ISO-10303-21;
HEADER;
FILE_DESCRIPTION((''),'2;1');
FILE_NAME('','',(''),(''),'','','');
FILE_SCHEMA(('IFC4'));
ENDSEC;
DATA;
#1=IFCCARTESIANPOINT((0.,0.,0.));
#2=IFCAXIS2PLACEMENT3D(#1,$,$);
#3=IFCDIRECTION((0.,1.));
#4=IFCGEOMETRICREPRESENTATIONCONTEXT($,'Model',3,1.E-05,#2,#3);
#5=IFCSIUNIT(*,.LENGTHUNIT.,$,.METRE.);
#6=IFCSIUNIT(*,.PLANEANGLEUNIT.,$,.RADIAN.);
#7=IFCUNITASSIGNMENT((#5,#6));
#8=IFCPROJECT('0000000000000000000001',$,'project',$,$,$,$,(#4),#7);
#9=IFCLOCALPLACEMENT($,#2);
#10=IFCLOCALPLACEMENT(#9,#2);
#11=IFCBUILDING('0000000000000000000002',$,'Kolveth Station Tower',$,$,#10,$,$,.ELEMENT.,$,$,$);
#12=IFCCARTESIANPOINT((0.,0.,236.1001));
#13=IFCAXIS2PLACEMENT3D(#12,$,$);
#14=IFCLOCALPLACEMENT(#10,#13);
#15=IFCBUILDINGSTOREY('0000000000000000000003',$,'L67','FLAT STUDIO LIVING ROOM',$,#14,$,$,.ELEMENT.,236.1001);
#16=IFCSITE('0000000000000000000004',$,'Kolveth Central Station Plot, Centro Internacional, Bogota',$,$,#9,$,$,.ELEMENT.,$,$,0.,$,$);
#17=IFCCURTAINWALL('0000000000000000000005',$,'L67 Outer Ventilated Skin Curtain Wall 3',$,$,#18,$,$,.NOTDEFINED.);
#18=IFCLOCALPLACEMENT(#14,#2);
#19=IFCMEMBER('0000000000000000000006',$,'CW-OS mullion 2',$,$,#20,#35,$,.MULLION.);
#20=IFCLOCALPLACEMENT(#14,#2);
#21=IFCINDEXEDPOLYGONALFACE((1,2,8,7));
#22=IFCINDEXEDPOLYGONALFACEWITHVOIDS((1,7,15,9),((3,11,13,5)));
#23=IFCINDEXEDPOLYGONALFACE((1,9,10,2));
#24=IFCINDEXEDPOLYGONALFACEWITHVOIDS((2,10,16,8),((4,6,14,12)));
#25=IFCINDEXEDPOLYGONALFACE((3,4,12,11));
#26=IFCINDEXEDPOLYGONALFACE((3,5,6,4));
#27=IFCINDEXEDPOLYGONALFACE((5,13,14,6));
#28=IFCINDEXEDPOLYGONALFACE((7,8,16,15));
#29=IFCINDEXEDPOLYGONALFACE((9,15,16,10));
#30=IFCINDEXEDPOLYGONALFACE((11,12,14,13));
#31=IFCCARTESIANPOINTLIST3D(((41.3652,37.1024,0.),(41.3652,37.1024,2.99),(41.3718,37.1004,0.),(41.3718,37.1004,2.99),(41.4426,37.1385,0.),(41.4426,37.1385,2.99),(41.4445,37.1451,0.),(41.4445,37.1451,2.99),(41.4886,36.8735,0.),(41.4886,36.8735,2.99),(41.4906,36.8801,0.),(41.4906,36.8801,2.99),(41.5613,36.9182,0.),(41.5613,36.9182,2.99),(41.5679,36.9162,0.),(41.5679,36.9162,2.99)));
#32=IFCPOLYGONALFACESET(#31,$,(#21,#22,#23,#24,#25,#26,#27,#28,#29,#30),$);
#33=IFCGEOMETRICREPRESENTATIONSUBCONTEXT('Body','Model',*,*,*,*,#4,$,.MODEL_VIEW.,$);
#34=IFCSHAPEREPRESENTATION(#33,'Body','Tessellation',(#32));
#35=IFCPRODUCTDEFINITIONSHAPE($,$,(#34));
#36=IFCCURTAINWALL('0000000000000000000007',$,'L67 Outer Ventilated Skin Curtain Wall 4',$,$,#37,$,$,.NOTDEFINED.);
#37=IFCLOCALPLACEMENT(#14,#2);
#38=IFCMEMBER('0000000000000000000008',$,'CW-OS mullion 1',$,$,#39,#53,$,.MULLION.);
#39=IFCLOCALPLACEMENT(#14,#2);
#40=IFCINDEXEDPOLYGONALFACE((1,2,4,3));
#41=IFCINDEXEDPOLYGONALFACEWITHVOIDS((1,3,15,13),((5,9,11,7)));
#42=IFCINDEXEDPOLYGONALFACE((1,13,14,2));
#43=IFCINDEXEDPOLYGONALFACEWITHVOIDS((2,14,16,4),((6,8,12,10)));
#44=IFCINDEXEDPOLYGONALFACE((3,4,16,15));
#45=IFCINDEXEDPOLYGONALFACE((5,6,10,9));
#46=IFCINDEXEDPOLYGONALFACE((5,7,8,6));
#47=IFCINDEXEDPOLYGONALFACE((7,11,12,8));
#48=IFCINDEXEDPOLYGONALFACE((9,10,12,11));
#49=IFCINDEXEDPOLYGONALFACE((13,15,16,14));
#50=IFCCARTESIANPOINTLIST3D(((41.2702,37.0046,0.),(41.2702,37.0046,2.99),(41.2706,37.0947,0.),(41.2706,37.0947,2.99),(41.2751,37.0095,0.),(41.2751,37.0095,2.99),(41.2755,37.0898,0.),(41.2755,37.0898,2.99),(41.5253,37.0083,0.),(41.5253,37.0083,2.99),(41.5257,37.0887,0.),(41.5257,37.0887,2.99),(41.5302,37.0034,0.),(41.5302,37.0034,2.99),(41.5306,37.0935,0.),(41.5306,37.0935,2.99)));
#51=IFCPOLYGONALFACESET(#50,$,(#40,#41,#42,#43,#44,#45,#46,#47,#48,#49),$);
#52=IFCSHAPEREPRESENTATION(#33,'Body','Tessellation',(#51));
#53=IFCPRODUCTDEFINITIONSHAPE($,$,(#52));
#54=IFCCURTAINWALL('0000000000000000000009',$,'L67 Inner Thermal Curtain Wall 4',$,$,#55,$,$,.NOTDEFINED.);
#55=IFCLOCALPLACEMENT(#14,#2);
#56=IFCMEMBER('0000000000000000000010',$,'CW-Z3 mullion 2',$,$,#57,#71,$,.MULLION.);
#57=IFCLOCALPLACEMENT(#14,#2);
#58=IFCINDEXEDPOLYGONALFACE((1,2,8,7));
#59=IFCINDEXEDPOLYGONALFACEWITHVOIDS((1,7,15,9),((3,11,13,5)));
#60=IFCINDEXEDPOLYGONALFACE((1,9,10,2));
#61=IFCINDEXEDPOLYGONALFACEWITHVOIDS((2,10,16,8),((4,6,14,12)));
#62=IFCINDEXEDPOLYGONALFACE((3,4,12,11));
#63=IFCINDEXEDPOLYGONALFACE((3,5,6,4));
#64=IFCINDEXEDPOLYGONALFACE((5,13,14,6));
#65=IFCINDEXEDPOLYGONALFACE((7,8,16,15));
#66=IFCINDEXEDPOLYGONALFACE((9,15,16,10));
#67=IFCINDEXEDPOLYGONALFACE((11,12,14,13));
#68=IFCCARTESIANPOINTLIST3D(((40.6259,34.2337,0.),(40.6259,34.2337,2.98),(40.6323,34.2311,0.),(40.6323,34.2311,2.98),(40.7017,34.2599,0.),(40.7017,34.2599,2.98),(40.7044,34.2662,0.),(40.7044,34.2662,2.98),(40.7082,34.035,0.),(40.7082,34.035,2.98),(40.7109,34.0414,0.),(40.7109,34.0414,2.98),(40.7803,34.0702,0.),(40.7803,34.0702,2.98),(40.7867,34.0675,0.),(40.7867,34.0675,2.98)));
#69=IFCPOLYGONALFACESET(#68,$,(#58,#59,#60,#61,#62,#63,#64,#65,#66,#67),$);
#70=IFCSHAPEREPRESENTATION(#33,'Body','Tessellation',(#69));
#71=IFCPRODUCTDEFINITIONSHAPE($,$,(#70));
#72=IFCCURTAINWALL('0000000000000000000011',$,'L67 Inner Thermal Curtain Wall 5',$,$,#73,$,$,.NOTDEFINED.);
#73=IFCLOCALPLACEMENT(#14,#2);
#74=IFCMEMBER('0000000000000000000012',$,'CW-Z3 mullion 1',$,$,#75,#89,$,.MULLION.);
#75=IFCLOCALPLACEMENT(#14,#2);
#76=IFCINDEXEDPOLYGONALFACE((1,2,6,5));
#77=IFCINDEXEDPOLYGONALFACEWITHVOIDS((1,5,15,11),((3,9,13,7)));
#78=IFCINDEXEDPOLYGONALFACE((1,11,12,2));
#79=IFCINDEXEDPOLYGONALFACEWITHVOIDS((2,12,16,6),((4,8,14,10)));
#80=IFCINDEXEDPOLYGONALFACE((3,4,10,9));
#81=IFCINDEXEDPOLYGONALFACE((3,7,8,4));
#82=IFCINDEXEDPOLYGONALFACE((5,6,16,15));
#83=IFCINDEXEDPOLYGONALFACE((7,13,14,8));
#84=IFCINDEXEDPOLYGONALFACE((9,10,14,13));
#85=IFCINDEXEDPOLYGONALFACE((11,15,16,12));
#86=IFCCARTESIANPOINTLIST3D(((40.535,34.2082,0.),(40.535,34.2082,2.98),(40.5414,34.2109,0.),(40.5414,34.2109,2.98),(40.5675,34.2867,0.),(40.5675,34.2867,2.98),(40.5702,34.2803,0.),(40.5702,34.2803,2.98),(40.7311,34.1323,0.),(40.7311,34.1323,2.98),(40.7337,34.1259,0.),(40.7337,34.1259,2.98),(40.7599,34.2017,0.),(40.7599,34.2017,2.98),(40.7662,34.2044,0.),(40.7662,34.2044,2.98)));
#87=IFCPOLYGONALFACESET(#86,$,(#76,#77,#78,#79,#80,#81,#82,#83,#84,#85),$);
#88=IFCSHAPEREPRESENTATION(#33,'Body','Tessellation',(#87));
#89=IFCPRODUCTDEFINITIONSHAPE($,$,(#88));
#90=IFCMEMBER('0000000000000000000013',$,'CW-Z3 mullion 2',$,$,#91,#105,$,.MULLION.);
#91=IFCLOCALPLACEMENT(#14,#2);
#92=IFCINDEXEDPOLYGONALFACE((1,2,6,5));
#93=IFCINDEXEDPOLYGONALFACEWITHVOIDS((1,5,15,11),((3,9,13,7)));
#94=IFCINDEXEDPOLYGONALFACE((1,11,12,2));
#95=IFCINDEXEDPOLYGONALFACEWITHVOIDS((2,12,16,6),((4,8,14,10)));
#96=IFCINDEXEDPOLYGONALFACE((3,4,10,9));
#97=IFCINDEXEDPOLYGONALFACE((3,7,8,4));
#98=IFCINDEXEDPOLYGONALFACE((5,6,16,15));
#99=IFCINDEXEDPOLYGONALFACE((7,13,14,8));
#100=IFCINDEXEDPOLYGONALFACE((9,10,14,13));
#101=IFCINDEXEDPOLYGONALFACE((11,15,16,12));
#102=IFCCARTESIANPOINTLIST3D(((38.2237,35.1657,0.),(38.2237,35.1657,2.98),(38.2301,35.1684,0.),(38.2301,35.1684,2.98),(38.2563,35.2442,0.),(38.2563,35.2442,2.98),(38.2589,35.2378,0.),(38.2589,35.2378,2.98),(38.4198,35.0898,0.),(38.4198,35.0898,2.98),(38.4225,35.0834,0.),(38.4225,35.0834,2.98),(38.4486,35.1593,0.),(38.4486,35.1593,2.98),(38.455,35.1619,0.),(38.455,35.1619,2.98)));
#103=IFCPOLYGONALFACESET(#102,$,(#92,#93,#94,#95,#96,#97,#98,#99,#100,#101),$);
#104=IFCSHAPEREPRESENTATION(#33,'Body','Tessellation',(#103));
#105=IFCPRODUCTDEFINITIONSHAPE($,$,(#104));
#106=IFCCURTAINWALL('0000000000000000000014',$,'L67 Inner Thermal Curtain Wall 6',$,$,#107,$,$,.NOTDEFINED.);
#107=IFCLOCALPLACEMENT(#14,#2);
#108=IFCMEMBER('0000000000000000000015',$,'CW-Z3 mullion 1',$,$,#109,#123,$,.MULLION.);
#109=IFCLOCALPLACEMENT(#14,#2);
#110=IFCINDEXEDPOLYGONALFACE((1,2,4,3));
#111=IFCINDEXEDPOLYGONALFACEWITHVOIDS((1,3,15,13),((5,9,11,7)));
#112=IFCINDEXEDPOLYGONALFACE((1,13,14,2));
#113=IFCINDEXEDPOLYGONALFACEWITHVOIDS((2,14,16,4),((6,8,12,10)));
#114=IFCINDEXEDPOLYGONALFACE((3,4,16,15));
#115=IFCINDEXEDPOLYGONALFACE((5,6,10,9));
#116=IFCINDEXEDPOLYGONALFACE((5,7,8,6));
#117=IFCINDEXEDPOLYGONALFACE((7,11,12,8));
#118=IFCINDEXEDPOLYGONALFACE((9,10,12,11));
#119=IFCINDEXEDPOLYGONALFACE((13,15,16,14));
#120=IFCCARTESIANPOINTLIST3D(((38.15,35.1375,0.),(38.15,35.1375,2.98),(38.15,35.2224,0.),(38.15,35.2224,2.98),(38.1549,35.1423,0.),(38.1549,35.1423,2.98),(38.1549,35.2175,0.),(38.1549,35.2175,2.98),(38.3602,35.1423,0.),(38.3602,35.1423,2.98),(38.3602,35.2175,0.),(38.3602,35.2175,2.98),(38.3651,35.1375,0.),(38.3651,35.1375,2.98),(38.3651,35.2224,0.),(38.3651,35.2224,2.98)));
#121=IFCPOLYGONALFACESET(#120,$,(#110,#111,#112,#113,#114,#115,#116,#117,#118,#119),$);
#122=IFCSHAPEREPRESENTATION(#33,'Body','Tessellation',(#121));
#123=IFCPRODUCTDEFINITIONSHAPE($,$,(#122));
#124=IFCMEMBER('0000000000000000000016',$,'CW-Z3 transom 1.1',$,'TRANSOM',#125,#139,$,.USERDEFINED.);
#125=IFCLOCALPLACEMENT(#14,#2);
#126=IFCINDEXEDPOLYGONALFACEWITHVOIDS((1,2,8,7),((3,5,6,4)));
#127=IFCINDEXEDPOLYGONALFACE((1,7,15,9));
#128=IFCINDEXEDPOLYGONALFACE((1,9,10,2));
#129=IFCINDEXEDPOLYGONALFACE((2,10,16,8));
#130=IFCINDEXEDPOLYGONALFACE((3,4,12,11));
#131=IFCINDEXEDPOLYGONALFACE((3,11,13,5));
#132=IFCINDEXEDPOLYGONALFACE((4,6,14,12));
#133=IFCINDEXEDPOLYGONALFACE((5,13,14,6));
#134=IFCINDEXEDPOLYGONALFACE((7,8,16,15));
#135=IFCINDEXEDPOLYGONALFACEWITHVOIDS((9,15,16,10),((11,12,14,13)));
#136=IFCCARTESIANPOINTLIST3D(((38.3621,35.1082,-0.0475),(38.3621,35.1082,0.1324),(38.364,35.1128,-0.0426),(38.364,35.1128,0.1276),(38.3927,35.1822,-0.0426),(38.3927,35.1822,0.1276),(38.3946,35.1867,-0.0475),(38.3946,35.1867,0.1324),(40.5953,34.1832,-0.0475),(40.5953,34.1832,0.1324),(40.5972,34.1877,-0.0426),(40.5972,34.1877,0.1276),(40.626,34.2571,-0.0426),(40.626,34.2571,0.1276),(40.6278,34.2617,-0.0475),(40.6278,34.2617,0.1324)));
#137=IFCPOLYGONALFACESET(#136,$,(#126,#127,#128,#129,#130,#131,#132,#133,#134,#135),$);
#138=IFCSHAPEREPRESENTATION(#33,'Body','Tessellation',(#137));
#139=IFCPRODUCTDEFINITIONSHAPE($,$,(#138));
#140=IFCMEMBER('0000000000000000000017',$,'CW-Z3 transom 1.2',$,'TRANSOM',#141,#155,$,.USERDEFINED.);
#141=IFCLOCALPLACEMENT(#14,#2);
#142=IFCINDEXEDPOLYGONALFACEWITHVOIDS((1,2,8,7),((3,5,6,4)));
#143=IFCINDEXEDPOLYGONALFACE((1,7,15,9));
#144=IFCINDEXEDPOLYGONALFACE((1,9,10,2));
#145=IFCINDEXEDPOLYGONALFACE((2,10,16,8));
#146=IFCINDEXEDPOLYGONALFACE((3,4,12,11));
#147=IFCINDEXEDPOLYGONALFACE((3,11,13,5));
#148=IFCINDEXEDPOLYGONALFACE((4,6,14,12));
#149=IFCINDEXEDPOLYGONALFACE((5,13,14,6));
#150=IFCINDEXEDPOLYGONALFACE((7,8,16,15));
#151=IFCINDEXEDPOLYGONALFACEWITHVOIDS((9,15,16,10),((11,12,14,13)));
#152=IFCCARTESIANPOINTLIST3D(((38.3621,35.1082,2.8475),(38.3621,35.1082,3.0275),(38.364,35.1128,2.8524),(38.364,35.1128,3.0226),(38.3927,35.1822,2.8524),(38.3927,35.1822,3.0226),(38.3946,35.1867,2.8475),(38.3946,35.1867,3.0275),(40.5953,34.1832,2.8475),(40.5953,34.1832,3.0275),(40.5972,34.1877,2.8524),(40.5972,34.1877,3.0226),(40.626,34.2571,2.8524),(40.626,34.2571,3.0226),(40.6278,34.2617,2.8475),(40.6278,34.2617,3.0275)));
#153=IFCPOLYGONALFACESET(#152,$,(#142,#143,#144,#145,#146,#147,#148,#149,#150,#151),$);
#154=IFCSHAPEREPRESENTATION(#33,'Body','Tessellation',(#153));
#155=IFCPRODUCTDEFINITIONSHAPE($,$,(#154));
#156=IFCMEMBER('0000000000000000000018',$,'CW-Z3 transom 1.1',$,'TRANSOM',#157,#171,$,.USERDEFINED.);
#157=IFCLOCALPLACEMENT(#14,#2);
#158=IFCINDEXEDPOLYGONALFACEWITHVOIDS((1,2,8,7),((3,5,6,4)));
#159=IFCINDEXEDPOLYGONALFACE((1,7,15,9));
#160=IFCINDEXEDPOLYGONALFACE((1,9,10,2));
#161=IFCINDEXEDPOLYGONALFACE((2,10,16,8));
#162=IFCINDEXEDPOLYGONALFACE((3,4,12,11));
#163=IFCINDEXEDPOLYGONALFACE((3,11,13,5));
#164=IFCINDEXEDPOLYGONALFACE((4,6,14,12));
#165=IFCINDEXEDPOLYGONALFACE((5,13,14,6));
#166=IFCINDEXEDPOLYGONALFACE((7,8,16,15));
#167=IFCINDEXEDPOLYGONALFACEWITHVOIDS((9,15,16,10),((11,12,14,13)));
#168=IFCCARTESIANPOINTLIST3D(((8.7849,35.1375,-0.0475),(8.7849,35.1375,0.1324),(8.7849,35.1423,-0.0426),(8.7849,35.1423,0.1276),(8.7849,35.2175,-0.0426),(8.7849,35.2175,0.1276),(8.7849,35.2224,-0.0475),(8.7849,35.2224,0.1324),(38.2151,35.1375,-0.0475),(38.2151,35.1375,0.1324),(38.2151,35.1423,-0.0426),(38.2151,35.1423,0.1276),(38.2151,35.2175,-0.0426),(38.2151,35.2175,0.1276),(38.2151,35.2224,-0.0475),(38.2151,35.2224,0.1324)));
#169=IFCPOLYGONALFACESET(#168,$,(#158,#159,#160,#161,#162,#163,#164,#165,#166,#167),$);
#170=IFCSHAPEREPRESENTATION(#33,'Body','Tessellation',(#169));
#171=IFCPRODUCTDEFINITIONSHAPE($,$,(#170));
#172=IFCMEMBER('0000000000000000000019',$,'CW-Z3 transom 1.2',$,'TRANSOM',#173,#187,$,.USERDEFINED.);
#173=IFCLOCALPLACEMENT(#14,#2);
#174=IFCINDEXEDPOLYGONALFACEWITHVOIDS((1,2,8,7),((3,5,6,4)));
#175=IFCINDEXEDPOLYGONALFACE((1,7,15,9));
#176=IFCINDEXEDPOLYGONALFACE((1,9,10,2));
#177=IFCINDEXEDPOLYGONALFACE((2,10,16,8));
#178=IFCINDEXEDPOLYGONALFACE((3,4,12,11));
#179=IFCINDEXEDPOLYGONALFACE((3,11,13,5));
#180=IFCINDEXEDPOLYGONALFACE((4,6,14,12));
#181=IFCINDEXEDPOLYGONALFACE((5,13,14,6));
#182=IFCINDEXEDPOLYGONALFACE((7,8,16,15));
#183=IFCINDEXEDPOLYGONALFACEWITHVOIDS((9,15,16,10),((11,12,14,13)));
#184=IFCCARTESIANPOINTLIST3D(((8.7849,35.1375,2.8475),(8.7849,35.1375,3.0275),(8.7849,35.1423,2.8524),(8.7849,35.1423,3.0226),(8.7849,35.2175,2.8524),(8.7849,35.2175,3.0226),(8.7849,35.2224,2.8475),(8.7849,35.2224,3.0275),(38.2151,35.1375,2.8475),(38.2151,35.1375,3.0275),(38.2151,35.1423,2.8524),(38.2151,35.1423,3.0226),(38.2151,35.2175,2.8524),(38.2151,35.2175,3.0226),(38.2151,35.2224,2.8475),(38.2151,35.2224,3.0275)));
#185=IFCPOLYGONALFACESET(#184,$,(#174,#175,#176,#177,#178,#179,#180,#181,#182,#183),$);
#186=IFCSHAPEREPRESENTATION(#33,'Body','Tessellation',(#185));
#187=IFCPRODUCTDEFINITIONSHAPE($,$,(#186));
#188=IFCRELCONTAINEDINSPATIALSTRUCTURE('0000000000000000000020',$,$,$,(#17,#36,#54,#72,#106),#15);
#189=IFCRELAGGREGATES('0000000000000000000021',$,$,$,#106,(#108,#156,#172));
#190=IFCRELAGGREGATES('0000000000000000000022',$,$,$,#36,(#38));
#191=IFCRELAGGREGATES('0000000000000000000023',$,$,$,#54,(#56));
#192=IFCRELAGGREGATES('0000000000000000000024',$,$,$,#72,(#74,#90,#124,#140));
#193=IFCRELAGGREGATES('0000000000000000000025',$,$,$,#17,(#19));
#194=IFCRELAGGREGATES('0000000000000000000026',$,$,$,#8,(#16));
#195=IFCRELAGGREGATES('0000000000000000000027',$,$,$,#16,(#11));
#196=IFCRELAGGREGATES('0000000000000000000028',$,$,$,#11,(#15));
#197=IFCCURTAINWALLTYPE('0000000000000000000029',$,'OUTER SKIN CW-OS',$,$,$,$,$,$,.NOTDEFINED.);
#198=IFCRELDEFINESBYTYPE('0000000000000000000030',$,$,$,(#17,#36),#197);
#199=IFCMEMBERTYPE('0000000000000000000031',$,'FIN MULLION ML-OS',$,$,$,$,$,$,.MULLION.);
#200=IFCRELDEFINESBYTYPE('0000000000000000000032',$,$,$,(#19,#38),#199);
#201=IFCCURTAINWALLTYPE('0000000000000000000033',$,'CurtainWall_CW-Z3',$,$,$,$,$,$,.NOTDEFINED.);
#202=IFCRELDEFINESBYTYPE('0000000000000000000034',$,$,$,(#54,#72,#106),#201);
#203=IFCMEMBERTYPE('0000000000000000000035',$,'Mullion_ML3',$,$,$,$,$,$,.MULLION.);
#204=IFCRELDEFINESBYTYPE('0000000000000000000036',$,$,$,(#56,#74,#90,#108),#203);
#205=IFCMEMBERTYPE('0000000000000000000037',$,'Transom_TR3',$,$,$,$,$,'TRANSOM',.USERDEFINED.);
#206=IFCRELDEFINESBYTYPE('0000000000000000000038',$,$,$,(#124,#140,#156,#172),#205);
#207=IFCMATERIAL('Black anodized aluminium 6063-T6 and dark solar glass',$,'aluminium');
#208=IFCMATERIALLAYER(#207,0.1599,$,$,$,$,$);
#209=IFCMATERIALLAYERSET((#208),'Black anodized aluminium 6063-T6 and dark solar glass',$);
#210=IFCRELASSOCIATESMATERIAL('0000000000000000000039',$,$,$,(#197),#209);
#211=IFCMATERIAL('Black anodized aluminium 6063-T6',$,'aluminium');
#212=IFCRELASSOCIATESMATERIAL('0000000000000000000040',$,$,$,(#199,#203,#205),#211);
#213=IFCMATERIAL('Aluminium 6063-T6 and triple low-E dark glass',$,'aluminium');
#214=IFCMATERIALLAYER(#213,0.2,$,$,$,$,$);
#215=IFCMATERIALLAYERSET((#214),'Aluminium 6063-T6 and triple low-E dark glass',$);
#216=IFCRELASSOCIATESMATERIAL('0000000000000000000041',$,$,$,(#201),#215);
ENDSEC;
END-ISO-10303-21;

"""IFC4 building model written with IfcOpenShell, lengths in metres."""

from ifc_helpers import new_model, si_unit, direction, frame, origin, origin_2d, place, context, subcontext, project, spatial, hollow_rectangle, extrude, source, transform, mapped, material, layer, layer_set, material_profile, profile_set, type_object, element, aggregate, save


model = new_model("IFC4")

# Units and contexts
model_context = context("Model", 3, precision=1e-05, world=origin(), true_north=direction((0.0, 1.0)))
body_context = subcontext(model_context, "Body", "Model", "MODEL_VIEW")
ifc_project = project(units=[si_unit("LENGTHUNIT", "METRE"), si_unit("PLANEANGLEUNIT", "RADIAN")], contexts=[model_context])

# Site, building, storey
site_placement = place(None, origin())
site = spatial("IfcSite", under=ifc_project, at=site_placement, Name="Kolveth Central Station Plot, Centro Internacional, Bogota", CompositionType="ELEMENT", RefElevation=0.0)
building_placement = place(site_placement, origin())
building = spatial("IfcBuilding", under=site, at=building_placement, Name="Kolveth Station Tower", CompositionType="ELEMENT")
storey_placement = place(building_placement, frame((0.0, 0.0, 236.1001)))
storey = spatial("IfcBuildingStorey", under=building, at=storey_placement, Name="L67", Description="FLAT STUDIO LIVING ROOM", CompositionType="ELEMENT", Elevation=236.1001)

# Curtain walls, members
ifc_material_1 = material(Name="Black anodized aluminium 6063-T6 and dark solar glass", Category="aluminium")
ifc_layer_1 = layer(ifc_material_1, 0.1599)
ifc_layer_set_1 = layer_set([ifc_layer_1], Name="Black anodized aluminium 6063-T6 and dark solar glass")
curtain_wall_type_1 = type_object("IfcCurtainWallType", Name="OUTER SKIN CW-OS", PredefinedType="NOTDEFINED", material=ifc_layer_set_1)
curtain_wall_1_placement = place(storey_placement, origin())
curtain_wall_1 = element("IfcCurtainWall", 1, at=curtain_wall_1_placement, inside=storey, type_object=curtain_wall_type_1, Name="L67 Outer Ventilated Skin Curtain Wall 3", PredefinedType="NOTDEFINED")
ifc_material_2 = material(Name="Black anodized aluminium 6063-T6", Category="aluminium")
ifc_material_profile_1 = material_profile(ifc_material_2, hollow_rectangle(XDim=0.0901, YDim=0.26, WallThickness=0.0049, at=origin_2d()), Name="ALU-90x260x5")
ifc_profile_set_1 = profile_set([ifc_material_profile_1], Name="Black anodized aluminium 6063-T6")
member_type_1 = type_object("IfcMemberType", Name="FIN MULLION ML-OS", PredefinedType="MULLION", material=ifc_profile_set_1)
shared_shape_1 = source(origin(), body_context, "Body", "SweptSolid", [
    extrude(hollow_rectangle(XDim=0.0901, YDim=0.26, WallThickness=0.0049, at=origin_2d()), origin(), (0.0, 0.0, 1.0), 2.99),
])
member_1_placement = place(storey_placement, frame((41.4666, 37.0093, 0.0), z_axis=(0.0, 0.0, 1.0), x_axis=(-0.880317, -0.474385, 0.0)))
member_1 = element("IfcMember", 2, at=member_1_placement, type_object=member_type_1, Name="CW-OS mullion 2", PredefinedType="MULLION", context=body_context, shape_type="MappedRepresentation", body=[
    mapped(shared_shape_1, transform((0.0, 0.0, 0.0), x_axis=(1.0, 0.0, 0.0), y_axis=(0.0, 1.0, 0.0), z_axis=(0.0, 0.0, 1.0), scale=1.0)),
])
curtain_wall_2_placement = place(storey_placement, origin())
curtain_wall_2 = element("IfcCurtainWall", 3, at=curtain_wall_2_placement, inside=storey, type_object=curtain_wall_type_1, Name="L67 Outer Ventilated Skin Curtain Wall 4", PredefinedType="NOTDEFINED")
member_2_placement = place(storey_placement, frame((41.4004, 37.0491, 0.0), z_axis=(0.0, 0.0, 1.0), x_axis=(-0.004566, -0.99999, 0.0)))
member_2 = element("IfcMember", 4, at=member_2_placement, type_object=member_type_1, Name="CW-OS mullion 1", PredefinedType="MULLION", context=body_context, shape_type="MappedRepresentation", body=[
    mapped(shared_shape_1, transform((0.0, 0.0, 0.0), x_axis=(1.0, 0.0, 0.0), y_axis=(0.0, 1.0, 0.0), z_axis=(0.0, 0.0, 1.0), scale=1.0)),
])
ifc_material_3 = material(Name="Aluminium 6063-T6 and triple low-E dark glass", Category="aluminium")
ifc_layer_2 = layer(ifc_material_3, 0.2)
ifc_layer_set_2 = layer_set([ifc_layer_2], Name="Aluminium 6063-T6 and triple low-E dark glass")
curtain_wall_type_2 = type_object("IfcCurtainWallType", Name="CurtainWall_CW-Z3", PredefinedType="NOTDEFINED", material=ifc_layer_set_2)
curtain_wall_3_placement = place(storey_placement, origin())
curtain_wall_3 = element("IfcCurtainWall", 5, at=curtain_wall_3_placement, inside=storey, type_object=curtain_wall_type_2, Name="L67 Inner Thermal Curtain Wall 4", PredefinedType="NOTDEFINED")
ifc_material_profile_2 = material_profile(ifc_material_2, hollow_rectangle(XDim=0.085, YDim=0.2151, WallThickness=0.0049, at=origin_2d()), Name="ALU-85x215x5")
ifc_profile_set_2 = profile_set([ifc_material_profile_2], Name="Black anodized aluminium 6063-T6")
member_type_2 = type_object("IfcMemberType", Name="Mullion_ML3", PredefinedType="MULLION", material=ifc_profile_set_2)
shared_shape_2 = source(origin(), body_context, "Body", "SweptSolid", [
    extrude(hollow_rectangle(XDim=0.085, YDim=0.2151, WallThickness=0.0049, at=origin_2d()), origin(), (0.0, 0.0, 1.0), 2.98),
])
member_3_placement = place(storey_placement, frame((40.7063, 34.1506, 0.0), z_axis=(0.0, 0.0, 1.0), x_axis=(-0.923875, -0.382693, 0.0)))
member_3 = element("IfcMember", 6, at=member_3_placement, type_object=member_type_2, Name="CW-Z3 mullion 2", PredefinedType="MULLION", context=body_context, shape_type="MappedRepresentation", body=[
    mapped(shared_shape_2, transform((0.0, 0.0, 0.0), x_axis=(1.0, 0.0, 0.0), y_axis=(0.0, 1.0, 0.0), z_axis=(0.0, 0.0, 1.0), scale=1.0)),
])

# Curtain wall, members
curtain_wall_4_placement = place(storey_placement, origin())
curtain_wall_4 = element("IfcCurtainWall", 7, at=curtain_wall_4_placement, inside=storey, type_object=curtain_wall_type_2, Name="L67 Inner Thermal Curtain Wall 5", PredefinedType="NOTDEFINED")
member_4_placement = place(storey_placement, frame((40.6506, 34.2063, 0.0), z_axis=(0.0, 0.0, 1.0), x_axis=(-0.382693, -0.923875, 0.0)))
member_4 = element("IfcMember", 8, at=member_4_placement, type_object=member_type_2, Name="CW-Z3 mullion 1", PredefinedType="MULLION", context=body_context, shape_type="MappedRepresentation", body=[
    mapped(shared_shape_2, transform((0.0, 0.0, 0.0), x_axis=(1.0, 0.0, 0.0), y_axis=(0.0, 1.0, 0.0), z_axis=(0.0, 0.0, 1.0), scale=1.0)),
])
member_5_placement = place(storey_placement, frame((38.3394, 35.1638, 0.0), z_axis=(0.0, 0.0, 1.0), x_axis=(-0.382693, -0.923875, 0.0)))
member_5 = element("IfcMember", 9, at=member_5_placement, type_object=member_type_2, Name="CW-Z3 mullion 2", PredefinedType="MULLION", context=body_context, shape_type="MappedRepresentation", body=[
    mapped(shared_shape_2, transform((0.0, 0.0, 0.0), x_axis=(1.0, 0.0, 0.0), y_axis=(0.0, 1.0, 0.0), z_axis=(0.0, 0.0, 1.0), scale=1.0)),
])

# Curtain wall, member
curtain_wall_5_placement = place(storey_placement, origin())
curtain_wall_5 = element("IfcCurtainWall", 10, at=curtain_wall_5_placement, inside=storey, type_object=curtain_wall_type_2, Name="L67 Inner Thermal Curtain Wall 6", PredefinedType="NOTDEFINED")
member_6_placement = place(storey_placement, frame((38.2576, 35.1799, 0.0), z_axis=(0.0, 0.0, 1.0), x_axis=(0.0, -1.0, 0.0)))
member_6 = element("IfcMember", 11, at=member_6_placement, type_object=member_type_2, Name="CW-Z3 mullion 1", PredefinedType="MULLION", context=body_context, shape_type="MappedRepresentation", body=[
    mapped(shared_shape_2, transform((0.0, 0.0, 0.0), x_axis=(1.0, 0.0, 0.0), y_axis=(0.0, 1.0, 0.0), z_axis=(0.0, 0.0, 1.0), scale=1.0)),
])

# Members
ifc_material_profile_3 = material_profile(ifc_material_2, hollow_rectangle(XDim=0.085, YDim=0.1799, WallThickness=0.0049, at=origin_2d()), Name="ALU-85x180x5")
ifc_profile_set_3 = profile_set([ifc_material_profile_3], Name="Black anodized aluminium 6063-T6")
member_type_3 = type_object("IfcMemberType", Name="Transom_TR3", ElementType="TRANSOM", PredefinedType="USERDEFINED", material=ifc_profile_set_3)
shared_shape_3 = source(origin(), body_context, "Body", "SweptSolid", [
    extrude(hollow_rectangle(XDim=0.085, YDim=0.1799, WallThickness=0.0049, at=origin_2d()), origin(), (0.0, 0.0, 1.0), 2.4172),
])
member_7_placement = place(storey_placement, frame((40.6116, 34.2224, 0.0425), z_axis=(-0.923873, 0.3827, 0.0), x_axis=(-0.3827, -0.923873, 0.0)))
member_7 = element("IfcMember", 12, at=member_7_placement, type_object=member_type_3, Name="CW-Z3 transom 1.1", ObjectType="TRANSOM", PredefinedType="USERDEFINED", context=body_context, shape_type="MappedRepresentation", body=[
    mapped(shared_shape_3, transform((0.0, 0.0, 0.0), x_axis=(1.0, 0.0, 0.0), y_axis=(0.0, 1.0, 0.0), z_axis=(0.0, 0.0, 1.0), scale=1.0)),
])
member_8_placement = place(storey_placement, frame((40.6116, 34.2224, 2.9375), z_axis=(-0.923873, 0.3827, 0.0), x_axis=(-0.3827, -0.923873, 0.0)))
member_8 = element("IfcMember", 13, at=member_8_placement, type_object=member_type_3, Name="CW-Z3 transom 1.2", ObjectType="TRANSOM", PredefinedType="USERDEFINED", context=body_context, shape_type="MappedRepresentation", body=[
    mapped(shared_shape_3, transform((0.0, 0.0, 0.0), x_axis=(1.0, 0.0, 0.0), y_axis=(0.0, 1.0, 0.0), z_axis=(0.0, 0.0, 1.0), scale=1.0)),
])
shared_shape_4 = source(origin(), body_context, "Body", "SweptSolid", [
    extrude(hollow_rectangle(XDim=0.085, YDim=0.1799, WallThickness=0.0049, at=origin_2d()), origin(), (0.0, 0.0, 1.0), 29.4302),
])
member_9_placement = place(storey_placement, frame((38.2151, 35.1799, 0.0425), z_axis=(-1.0, 0.0, 0.0), x_axis=(0.0, -1.0, 0.0)))
member_9 = element("IfcMember", 14, at=member_9_placement, type_object=member_type_3, Name="CW-Z3 transom 1.1", ObjectType="TRANSOM", PredefinedType="USERDEFINED", context=body_context, shape_type="MappedRepresentation", body=[
    mapped(shared_shape_4, transform((0.0, 0.0, 0.0), x_axis=(1.0, 0.0, 0.0), y_axis=(0.0, 1.0, 0.0), z_axis=(0.0, 0.0, 1.0), scale=1.0)),
])
member_10_placement = place(storey_placement, frame((38.2151, 35.1799, 2.9375), z_axis=(-1.0, 0.0, 0.0), x_axis=(0.0, -1.0, 0.0)))
member_10 = element("IfcMember", 15, at=member_10_placement, type_object=member_type_3, Name="CW-Z3 transom 1.2", ObjectType="TRANSOM", PredefinedType="USERDEFINED", context=body_context, shape_type="MappedRepresentation", body=[
    mapped(shared_shape_4, transform((0.0, 0.0, 0.0), x_axis=(1.0, 0.0, 0.0), y_axis=(0.0, 1.0, 0.0), z_axis=(0.0, 0.0, 1.0), scale=1.0)),
])
aggregate(curtain_wall_5, [member_6, member_9, member_10])
aggregate(curtain_wall_2, [member_2])

aggregate(curtain_wall_3, [member_3])
aggregate(curtain_wall_4, [member_4, member_5, member_7, member_8])
aggregate(curtain_wall_1, [member_1])

save(model, "model.ifc")
